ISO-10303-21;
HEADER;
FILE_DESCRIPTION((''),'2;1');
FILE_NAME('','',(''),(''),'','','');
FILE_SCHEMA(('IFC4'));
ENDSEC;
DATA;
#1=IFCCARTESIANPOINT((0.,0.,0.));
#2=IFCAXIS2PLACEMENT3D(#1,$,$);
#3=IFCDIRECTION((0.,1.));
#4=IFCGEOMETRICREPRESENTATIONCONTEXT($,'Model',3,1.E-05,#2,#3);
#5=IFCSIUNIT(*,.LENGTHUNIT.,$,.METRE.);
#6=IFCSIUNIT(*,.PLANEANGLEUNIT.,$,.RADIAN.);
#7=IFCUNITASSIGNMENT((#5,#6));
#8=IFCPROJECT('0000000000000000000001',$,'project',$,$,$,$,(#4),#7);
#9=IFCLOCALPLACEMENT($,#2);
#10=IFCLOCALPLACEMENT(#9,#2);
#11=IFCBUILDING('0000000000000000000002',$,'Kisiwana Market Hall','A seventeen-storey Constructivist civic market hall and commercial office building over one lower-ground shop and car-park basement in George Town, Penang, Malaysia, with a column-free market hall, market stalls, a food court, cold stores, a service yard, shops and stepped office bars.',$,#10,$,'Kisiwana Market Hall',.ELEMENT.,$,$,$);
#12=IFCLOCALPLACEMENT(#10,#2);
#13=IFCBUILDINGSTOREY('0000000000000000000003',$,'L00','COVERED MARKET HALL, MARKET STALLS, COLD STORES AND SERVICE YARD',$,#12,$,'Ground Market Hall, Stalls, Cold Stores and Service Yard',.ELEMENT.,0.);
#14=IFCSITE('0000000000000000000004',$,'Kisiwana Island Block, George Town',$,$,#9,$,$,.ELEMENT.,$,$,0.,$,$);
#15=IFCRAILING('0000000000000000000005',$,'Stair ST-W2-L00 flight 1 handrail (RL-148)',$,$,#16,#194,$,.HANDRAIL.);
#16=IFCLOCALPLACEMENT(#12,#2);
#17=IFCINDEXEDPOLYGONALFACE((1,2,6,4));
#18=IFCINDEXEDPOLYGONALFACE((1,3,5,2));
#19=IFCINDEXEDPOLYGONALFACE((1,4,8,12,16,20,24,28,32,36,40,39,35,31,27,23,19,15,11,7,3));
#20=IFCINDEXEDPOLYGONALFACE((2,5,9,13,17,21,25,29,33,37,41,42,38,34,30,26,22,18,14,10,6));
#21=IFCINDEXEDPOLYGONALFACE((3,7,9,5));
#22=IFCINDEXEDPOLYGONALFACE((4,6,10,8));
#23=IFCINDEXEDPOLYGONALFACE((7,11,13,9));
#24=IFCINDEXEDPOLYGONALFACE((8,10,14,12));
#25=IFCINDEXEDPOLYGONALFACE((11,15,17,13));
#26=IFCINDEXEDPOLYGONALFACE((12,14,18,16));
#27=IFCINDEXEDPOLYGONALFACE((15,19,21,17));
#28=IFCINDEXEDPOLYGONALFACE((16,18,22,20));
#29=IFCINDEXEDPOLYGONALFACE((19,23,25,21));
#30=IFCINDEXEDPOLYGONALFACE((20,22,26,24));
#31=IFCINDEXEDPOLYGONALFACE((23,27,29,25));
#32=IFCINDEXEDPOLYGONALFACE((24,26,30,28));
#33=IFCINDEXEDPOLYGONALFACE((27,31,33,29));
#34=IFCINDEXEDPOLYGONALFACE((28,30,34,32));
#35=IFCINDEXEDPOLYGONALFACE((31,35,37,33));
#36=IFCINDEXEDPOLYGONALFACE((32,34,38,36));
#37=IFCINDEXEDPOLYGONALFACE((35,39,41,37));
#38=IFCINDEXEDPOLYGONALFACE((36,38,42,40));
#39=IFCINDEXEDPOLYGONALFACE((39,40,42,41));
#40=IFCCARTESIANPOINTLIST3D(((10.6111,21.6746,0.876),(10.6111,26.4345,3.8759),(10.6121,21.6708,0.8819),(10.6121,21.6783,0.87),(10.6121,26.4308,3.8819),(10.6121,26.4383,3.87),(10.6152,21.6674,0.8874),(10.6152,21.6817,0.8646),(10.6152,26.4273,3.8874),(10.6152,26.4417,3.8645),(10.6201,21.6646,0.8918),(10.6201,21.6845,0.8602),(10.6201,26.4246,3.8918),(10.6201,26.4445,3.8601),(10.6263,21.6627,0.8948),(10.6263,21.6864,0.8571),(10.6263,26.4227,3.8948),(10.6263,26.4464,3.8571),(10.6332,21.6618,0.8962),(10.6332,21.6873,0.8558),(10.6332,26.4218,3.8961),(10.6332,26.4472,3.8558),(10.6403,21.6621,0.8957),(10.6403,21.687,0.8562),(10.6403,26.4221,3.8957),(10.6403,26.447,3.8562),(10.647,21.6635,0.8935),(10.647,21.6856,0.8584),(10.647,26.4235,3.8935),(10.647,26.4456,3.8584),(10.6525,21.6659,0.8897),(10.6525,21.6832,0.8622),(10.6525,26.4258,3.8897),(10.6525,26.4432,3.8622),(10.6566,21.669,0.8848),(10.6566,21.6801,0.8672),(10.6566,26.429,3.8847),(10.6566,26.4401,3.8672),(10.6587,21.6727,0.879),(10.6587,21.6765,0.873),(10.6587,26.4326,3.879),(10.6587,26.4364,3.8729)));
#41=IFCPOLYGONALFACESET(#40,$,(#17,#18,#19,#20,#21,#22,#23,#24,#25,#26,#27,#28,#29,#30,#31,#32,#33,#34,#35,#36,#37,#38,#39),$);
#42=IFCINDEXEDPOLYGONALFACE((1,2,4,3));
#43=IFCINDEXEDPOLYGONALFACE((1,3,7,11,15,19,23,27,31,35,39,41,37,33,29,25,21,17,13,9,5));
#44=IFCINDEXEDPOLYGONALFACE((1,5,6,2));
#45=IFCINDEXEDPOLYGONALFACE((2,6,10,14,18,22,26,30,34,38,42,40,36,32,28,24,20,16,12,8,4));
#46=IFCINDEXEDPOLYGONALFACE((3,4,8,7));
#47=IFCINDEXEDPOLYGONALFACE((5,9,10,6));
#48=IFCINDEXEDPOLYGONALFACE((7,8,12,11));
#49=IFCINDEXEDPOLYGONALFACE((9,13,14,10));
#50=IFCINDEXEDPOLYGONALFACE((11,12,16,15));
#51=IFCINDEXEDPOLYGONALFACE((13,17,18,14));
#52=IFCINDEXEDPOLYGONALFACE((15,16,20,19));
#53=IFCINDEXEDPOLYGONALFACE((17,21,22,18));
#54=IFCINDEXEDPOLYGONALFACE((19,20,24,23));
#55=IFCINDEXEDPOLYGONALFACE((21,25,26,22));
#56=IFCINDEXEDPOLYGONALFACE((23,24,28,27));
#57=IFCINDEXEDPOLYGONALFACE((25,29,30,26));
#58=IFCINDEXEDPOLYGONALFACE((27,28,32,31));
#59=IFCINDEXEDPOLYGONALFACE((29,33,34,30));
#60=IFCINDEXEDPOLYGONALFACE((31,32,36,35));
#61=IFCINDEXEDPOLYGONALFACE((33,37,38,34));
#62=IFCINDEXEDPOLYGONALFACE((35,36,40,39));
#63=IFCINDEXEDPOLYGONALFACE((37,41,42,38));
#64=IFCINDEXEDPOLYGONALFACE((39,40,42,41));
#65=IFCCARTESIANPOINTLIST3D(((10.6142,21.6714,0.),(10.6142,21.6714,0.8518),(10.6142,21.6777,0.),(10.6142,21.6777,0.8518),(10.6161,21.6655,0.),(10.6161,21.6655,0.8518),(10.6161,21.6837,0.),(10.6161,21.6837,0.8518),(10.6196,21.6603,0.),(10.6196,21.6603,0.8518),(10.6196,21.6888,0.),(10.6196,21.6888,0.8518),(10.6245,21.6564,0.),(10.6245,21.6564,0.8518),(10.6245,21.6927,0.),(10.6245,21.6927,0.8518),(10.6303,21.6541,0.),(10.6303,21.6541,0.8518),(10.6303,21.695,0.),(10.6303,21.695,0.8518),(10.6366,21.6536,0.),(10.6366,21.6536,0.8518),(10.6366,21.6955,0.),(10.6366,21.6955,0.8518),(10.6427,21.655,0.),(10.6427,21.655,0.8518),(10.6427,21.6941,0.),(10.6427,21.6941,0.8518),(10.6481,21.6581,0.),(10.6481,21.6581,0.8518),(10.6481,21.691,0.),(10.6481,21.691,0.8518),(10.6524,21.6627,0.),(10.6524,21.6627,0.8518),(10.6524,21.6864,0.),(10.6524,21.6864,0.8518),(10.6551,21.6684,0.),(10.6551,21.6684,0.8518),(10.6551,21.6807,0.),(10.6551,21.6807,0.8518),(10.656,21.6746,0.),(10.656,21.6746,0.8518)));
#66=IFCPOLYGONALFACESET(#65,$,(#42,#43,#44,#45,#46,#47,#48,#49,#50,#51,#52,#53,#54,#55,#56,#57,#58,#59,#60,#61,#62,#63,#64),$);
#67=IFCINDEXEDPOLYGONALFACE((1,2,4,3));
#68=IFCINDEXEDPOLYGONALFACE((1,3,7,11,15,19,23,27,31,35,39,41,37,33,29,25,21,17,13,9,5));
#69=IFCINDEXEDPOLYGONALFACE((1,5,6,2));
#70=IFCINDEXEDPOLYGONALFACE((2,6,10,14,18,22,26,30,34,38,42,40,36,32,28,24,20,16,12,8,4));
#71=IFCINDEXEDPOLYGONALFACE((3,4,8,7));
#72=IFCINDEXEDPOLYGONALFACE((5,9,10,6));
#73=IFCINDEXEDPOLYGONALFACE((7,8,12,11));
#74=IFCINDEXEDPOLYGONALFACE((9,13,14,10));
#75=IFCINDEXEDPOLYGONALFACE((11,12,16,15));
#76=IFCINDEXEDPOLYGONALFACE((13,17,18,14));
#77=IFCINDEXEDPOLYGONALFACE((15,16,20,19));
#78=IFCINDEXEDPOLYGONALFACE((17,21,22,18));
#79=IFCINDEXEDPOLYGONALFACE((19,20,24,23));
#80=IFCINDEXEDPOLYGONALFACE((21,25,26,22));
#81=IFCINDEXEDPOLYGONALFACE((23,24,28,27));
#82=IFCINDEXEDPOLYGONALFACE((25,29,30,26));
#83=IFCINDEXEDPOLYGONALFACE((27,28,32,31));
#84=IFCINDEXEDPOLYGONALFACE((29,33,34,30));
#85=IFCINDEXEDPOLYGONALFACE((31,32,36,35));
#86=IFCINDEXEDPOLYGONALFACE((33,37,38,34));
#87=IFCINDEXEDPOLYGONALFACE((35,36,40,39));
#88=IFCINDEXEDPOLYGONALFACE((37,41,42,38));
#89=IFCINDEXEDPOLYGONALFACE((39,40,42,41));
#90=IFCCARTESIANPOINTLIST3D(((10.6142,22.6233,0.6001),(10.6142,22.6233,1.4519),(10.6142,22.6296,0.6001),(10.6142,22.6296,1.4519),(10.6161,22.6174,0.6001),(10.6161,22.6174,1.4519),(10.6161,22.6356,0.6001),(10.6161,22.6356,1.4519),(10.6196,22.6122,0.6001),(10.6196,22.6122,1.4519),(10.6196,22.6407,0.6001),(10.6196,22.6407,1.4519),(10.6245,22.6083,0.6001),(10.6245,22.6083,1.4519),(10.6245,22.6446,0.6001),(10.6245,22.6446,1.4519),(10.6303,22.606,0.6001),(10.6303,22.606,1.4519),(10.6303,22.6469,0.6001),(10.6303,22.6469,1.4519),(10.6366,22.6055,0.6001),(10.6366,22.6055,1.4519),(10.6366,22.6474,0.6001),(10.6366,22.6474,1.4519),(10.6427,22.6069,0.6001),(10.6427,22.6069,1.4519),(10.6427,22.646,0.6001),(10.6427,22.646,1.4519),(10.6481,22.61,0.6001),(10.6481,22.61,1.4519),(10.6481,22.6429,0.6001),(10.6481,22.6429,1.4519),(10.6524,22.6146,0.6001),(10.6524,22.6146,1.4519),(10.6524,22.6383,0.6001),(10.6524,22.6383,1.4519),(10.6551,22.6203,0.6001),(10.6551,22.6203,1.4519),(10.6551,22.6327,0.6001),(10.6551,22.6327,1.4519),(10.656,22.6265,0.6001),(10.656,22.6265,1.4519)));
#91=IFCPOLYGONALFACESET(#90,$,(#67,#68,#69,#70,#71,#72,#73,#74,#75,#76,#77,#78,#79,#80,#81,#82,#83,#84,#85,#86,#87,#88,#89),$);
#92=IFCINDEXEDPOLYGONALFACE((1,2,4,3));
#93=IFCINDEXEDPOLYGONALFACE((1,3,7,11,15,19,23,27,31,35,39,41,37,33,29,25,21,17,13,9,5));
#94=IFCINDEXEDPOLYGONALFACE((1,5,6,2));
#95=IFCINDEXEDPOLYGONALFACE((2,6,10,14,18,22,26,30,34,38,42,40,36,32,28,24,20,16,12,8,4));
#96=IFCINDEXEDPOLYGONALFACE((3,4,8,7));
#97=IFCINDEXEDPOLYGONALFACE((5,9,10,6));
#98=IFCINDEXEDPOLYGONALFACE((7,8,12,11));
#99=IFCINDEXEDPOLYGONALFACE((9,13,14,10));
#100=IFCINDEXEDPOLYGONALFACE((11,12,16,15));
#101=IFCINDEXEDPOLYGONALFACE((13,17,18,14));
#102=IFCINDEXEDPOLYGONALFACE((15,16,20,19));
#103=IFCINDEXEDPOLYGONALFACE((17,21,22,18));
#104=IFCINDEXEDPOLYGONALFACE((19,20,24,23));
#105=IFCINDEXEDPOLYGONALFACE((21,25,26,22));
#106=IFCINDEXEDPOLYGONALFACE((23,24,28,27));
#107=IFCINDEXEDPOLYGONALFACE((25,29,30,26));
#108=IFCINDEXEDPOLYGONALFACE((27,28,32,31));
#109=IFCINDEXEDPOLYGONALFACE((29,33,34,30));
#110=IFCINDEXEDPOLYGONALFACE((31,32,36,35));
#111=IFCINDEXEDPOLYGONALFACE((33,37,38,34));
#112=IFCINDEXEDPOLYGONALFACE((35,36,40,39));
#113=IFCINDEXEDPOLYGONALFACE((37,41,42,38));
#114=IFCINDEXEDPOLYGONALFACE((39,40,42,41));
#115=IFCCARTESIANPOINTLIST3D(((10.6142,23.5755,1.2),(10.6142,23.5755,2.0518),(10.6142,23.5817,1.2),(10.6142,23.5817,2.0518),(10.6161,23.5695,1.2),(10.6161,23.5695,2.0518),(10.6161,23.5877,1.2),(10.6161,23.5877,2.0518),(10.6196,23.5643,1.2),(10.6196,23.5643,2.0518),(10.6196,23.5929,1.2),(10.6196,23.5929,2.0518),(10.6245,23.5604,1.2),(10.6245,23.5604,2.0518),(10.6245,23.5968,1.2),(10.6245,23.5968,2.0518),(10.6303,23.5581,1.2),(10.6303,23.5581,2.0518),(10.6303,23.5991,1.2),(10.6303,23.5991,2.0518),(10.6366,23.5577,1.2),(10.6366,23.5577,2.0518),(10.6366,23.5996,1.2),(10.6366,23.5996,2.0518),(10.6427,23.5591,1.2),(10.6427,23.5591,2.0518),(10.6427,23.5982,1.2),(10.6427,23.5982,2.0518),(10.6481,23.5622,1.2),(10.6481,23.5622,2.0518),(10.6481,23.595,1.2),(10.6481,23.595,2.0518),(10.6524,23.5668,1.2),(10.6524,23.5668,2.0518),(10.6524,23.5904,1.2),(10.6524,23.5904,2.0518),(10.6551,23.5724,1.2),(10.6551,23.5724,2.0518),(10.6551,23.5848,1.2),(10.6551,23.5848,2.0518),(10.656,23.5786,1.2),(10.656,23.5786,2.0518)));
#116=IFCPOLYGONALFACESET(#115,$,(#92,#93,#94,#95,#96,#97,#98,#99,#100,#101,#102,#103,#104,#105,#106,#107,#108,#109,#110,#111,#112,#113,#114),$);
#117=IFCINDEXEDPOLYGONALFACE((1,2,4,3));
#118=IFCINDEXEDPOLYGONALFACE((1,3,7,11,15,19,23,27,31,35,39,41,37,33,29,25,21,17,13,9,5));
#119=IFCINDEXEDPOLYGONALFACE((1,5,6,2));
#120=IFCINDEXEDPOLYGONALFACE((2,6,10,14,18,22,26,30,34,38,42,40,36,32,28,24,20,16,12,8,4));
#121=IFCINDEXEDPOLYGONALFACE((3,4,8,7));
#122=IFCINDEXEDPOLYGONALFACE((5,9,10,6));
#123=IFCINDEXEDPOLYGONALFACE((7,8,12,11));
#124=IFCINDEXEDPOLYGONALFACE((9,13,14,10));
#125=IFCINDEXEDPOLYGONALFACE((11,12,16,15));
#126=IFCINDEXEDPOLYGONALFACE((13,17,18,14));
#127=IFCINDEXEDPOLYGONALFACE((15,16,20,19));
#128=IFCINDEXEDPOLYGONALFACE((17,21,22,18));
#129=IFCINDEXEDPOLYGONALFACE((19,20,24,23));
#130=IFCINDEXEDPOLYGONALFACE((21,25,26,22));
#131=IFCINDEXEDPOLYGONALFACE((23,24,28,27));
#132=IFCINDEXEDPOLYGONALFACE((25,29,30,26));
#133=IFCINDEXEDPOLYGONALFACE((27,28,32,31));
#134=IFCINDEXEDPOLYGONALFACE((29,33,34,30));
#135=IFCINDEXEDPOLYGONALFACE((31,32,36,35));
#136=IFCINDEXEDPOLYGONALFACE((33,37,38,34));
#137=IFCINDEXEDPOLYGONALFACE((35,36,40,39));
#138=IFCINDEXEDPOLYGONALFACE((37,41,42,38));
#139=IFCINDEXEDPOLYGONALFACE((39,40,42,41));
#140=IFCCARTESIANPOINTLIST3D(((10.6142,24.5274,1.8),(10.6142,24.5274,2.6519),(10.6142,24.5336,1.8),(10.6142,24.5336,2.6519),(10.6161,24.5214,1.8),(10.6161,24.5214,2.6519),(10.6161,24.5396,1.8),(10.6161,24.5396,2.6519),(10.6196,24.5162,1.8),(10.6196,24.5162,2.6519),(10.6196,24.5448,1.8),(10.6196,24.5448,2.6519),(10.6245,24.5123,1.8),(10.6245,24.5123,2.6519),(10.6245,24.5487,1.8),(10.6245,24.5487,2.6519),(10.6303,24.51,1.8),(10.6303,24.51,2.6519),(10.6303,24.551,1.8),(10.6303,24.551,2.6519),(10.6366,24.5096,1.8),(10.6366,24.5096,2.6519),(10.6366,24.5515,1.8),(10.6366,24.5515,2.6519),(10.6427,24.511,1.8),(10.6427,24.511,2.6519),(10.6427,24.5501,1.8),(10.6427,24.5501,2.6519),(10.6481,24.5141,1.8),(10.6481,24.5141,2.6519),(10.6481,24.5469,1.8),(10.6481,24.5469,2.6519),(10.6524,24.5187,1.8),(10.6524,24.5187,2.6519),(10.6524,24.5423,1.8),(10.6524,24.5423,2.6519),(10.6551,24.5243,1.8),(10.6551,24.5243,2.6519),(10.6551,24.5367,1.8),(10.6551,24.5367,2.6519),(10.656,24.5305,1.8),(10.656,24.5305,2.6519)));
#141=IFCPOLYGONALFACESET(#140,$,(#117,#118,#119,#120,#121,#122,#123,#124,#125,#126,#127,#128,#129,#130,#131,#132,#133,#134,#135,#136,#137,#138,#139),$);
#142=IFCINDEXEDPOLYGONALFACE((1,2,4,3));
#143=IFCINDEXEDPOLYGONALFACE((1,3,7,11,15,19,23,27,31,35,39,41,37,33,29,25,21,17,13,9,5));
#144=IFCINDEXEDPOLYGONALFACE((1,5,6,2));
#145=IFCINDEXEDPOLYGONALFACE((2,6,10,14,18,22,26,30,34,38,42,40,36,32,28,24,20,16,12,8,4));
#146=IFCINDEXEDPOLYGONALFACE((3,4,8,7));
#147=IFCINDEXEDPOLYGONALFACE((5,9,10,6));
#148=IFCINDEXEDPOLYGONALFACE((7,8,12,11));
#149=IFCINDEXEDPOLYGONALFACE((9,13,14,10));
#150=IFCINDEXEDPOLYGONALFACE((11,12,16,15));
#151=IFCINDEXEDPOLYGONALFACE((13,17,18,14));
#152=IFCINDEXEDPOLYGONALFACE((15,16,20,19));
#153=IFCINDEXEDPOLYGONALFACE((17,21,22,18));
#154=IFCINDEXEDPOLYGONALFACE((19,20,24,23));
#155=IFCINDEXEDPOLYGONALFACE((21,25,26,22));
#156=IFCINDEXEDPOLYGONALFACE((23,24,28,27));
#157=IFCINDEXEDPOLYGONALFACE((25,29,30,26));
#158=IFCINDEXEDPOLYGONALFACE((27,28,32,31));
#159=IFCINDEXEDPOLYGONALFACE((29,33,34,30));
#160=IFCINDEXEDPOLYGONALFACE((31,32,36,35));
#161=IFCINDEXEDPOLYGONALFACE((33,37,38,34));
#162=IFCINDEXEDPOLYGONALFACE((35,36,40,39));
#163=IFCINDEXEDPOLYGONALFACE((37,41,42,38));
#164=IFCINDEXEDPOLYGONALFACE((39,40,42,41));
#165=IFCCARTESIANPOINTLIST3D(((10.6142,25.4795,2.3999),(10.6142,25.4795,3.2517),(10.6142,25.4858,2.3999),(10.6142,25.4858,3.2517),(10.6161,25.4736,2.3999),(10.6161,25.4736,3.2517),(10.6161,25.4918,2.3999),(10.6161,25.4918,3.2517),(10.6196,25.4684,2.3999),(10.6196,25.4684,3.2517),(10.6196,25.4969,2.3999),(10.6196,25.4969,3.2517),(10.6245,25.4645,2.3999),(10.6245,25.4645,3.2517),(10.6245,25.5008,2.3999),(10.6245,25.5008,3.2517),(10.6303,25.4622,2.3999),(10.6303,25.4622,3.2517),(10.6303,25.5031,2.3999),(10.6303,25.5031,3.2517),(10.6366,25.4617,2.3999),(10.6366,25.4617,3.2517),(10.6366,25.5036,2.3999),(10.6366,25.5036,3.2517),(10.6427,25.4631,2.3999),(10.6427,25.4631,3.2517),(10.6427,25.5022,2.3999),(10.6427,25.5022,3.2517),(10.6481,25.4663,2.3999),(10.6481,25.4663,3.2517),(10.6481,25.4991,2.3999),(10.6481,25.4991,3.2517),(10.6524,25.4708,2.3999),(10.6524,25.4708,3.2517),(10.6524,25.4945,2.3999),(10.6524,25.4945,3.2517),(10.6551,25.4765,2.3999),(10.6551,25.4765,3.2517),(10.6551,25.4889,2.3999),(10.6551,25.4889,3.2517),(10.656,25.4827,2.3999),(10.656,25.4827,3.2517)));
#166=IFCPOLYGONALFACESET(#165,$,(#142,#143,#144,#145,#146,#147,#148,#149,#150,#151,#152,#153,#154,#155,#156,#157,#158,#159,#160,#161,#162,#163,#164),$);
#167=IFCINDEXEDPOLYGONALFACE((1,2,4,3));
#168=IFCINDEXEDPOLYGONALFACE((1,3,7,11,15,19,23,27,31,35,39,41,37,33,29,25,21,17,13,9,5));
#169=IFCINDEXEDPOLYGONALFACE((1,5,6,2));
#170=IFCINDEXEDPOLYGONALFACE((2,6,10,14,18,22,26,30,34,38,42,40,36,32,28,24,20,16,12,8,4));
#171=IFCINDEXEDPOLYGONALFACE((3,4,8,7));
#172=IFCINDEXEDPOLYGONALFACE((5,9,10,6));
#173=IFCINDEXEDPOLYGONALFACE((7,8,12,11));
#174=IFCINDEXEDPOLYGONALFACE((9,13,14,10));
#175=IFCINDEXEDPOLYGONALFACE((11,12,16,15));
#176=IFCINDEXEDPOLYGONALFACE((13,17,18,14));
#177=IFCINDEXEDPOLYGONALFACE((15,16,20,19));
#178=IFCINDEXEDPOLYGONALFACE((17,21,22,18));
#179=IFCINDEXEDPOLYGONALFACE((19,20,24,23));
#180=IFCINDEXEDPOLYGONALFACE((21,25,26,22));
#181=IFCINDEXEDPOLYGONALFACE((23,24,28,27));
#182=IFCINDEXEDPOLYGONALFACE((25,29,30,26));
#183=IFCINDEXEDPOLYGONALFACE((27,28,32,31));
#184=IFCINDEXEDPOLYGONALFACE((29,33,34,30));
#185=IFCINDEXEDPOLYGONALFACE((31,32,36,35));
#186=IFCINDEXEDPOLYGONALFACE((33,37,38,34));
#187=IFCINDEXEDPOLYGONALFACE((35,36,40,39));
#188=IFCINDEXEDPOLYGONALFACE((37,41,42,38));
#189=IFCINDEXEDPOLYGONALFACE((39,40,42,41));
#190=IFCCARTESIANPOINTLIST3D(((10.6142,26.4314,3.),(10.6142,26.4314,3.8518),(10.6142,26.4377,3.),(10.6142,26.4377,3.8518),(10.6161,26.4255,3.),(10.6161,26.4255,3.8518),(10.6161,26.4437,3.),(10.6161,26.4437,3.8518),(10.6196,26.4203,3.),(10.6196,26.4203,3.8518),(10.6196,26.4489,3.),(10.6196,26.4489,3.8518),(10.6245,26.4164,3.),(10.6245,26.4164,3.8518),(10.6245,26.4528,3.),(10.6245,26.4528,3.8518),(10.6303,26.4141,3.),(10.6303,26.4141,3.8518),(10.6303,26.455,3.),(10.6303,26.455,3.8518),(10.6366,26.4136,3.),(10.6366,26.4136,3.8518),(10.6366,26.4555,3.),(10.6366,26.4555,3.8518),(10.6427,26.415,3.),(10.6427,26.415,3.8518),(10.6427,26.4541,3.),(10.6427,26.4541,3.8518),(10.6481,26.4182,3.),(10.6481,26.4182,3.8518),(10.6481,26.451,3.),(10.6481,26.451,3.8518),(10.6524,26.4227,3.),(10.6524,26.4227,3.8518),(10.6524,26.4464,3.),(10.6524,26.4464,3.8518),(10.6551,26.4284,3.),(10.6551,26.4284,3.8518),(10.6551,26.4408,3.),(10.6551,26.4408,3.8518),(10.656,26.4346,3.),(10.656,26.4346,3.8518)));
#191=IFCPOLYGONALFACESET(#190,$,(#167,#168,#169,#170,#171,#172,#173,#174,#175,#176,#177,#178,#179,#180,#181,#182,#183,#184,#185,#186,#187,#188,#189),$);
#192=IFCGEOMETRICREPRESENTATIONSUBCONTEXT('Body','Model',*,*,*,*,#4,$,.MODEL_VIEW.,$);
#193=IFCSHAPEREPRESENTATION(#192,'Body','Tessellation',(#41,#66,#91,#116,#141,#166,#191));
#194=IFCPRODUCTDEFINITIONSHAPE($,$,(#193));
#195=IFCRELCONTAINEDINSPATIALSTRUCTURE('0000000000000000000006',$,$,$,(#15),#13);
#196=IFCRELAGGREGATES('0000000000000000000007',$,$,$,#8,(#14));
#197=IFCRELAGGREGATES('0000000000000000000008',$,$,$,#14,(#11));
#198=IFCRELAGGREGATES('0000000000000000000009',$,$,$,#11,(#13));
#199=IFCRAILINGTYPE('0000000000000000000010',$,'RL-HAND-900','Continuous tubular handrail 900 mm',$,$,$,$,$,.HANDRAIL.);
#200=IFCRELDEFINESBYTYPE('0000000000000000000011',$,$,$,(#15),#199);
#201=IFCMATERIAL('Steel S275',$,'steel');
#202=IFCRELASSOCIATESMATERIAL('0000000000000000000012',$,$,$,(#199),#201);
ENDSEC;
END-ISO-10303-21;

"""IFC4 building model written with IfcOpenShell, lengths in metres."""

from ifc_helpers import new_model, si_unit, direction, frame, origin, origin_2d, place, context, subcontext, project, spatial, circle, extrude, material, type_object, element, save


model = new_model("IFC4")

# Units and contexts
model_context = context("Model", 3, precision=1e-05, world=origin(), true_north=direction((0.0, 1.0)))
body_context = subcontext(model_context, "Body", "Model", "MODEL_VIEW")
ifc_project = project(units=[si_unit("LENGTHUNIT", "METRE"), si_unit("PLANEANGLEUNIT", "RADIAN")], contexts=[model_context])

# Site, building, storey
site_placement = place(None, origin())
site = spatial("IfcSite", under=ifc_project, at=site_placement, Name="Kisiwana Island Block, George Town", CompositionType="ELEMENT", RefElevation=0.0)
building_placement = place(site_placement, origin())
building = spatial("IfcBuilding", under=site, at=building_placement, Name="Kisiwana Market Hall", Description="A seventeen-storey Constructivist civic market hall and commercial office building over one lower-ground shop and car-park basement in George Town, Penang, Malaysia, with a column-free market hall, market stalls, a food court, cold stores, a service yard, shops and stepped office bars.", LongName="Kisiwana Market Hall", CompositionType="ELEMENT")
storey_placement = place(building_placement, origin())
storey = spatial("IfcBuildingStorey", under=building, at=storey_placement, Name="L00", Description="COVERED MARKET HALL, MARKET STALLS, COLD STORES AND SERVICE YARD", LongName="Ground Market Hall, Stalls, Cold Stores and Service Yard", CompositionType="ELEMENT", Elevation=0.0)

# Railing
ifc_material_1 = material(Name="Steel S275", Category="steel")
railing_type_1 = type_object("IfcRailingType", Name="RL-HAND-900", Description="Continuous tubular handrail 900 mm", PredefinedType="HANDRAIL", material=ifc_material_1)
railing_1_placement = place(storey_placement, frame((10.635, 21.6746, 0.0)))
element("IfcRailing", 1, at=railing_1_placement, inside=storey, type_object=railing_type_1, Name="Stair ST-W2-L00 flight 1 handrail (RL-148)", PredefinedType="HANDRAIL", context=body_context, shape_type="SweptSolid", body=[
    extrude(circle(Radius=0.0239, at=origin_2d()), frame((0.0, 0.0, 0.876), z_axis=(0.0, 0.845996, 0.53319), x_axis=(-1.0, 0.0, 0.0)), (0.0, 0.0, 1.0), 5.6265),
    extrude(circle(Radius=0.021, at=origin_2d()), origin(), (0.0, 0.0, 1.0), 0.8518),
    extrude(circle(Radius=0.021, at=origin_2d()), frame((0.0, 0.9519, 0.6001)), (0.0, 0.0, 1.0), 0.8518),
    extrude(circle(Radius=0.021, at=origin_2d()), frame((0.0, 1.9041, 1.2)), (0.0, 0.0, 1.0), 0.8518),
    extrude(circle(Radius=0.021, at=origin_2d()), frame((0.0, 2.856, 1.8)), (0.0, 0.0, 1.0), 0.8518),
    extrude(circle(Radius=0.021, at=origin_2d()), frame((0.0, 3.8081, 2.3999)), (0.0, 0.0, 1.0), 0.8518),
    extrude(circle(Radius=0.021, at=origin_2d()), frame((0.0, 4.76, 3.0)), (0.0, 0.0, 1.0), 0.8518),
])

save(model, "model.ifc")
